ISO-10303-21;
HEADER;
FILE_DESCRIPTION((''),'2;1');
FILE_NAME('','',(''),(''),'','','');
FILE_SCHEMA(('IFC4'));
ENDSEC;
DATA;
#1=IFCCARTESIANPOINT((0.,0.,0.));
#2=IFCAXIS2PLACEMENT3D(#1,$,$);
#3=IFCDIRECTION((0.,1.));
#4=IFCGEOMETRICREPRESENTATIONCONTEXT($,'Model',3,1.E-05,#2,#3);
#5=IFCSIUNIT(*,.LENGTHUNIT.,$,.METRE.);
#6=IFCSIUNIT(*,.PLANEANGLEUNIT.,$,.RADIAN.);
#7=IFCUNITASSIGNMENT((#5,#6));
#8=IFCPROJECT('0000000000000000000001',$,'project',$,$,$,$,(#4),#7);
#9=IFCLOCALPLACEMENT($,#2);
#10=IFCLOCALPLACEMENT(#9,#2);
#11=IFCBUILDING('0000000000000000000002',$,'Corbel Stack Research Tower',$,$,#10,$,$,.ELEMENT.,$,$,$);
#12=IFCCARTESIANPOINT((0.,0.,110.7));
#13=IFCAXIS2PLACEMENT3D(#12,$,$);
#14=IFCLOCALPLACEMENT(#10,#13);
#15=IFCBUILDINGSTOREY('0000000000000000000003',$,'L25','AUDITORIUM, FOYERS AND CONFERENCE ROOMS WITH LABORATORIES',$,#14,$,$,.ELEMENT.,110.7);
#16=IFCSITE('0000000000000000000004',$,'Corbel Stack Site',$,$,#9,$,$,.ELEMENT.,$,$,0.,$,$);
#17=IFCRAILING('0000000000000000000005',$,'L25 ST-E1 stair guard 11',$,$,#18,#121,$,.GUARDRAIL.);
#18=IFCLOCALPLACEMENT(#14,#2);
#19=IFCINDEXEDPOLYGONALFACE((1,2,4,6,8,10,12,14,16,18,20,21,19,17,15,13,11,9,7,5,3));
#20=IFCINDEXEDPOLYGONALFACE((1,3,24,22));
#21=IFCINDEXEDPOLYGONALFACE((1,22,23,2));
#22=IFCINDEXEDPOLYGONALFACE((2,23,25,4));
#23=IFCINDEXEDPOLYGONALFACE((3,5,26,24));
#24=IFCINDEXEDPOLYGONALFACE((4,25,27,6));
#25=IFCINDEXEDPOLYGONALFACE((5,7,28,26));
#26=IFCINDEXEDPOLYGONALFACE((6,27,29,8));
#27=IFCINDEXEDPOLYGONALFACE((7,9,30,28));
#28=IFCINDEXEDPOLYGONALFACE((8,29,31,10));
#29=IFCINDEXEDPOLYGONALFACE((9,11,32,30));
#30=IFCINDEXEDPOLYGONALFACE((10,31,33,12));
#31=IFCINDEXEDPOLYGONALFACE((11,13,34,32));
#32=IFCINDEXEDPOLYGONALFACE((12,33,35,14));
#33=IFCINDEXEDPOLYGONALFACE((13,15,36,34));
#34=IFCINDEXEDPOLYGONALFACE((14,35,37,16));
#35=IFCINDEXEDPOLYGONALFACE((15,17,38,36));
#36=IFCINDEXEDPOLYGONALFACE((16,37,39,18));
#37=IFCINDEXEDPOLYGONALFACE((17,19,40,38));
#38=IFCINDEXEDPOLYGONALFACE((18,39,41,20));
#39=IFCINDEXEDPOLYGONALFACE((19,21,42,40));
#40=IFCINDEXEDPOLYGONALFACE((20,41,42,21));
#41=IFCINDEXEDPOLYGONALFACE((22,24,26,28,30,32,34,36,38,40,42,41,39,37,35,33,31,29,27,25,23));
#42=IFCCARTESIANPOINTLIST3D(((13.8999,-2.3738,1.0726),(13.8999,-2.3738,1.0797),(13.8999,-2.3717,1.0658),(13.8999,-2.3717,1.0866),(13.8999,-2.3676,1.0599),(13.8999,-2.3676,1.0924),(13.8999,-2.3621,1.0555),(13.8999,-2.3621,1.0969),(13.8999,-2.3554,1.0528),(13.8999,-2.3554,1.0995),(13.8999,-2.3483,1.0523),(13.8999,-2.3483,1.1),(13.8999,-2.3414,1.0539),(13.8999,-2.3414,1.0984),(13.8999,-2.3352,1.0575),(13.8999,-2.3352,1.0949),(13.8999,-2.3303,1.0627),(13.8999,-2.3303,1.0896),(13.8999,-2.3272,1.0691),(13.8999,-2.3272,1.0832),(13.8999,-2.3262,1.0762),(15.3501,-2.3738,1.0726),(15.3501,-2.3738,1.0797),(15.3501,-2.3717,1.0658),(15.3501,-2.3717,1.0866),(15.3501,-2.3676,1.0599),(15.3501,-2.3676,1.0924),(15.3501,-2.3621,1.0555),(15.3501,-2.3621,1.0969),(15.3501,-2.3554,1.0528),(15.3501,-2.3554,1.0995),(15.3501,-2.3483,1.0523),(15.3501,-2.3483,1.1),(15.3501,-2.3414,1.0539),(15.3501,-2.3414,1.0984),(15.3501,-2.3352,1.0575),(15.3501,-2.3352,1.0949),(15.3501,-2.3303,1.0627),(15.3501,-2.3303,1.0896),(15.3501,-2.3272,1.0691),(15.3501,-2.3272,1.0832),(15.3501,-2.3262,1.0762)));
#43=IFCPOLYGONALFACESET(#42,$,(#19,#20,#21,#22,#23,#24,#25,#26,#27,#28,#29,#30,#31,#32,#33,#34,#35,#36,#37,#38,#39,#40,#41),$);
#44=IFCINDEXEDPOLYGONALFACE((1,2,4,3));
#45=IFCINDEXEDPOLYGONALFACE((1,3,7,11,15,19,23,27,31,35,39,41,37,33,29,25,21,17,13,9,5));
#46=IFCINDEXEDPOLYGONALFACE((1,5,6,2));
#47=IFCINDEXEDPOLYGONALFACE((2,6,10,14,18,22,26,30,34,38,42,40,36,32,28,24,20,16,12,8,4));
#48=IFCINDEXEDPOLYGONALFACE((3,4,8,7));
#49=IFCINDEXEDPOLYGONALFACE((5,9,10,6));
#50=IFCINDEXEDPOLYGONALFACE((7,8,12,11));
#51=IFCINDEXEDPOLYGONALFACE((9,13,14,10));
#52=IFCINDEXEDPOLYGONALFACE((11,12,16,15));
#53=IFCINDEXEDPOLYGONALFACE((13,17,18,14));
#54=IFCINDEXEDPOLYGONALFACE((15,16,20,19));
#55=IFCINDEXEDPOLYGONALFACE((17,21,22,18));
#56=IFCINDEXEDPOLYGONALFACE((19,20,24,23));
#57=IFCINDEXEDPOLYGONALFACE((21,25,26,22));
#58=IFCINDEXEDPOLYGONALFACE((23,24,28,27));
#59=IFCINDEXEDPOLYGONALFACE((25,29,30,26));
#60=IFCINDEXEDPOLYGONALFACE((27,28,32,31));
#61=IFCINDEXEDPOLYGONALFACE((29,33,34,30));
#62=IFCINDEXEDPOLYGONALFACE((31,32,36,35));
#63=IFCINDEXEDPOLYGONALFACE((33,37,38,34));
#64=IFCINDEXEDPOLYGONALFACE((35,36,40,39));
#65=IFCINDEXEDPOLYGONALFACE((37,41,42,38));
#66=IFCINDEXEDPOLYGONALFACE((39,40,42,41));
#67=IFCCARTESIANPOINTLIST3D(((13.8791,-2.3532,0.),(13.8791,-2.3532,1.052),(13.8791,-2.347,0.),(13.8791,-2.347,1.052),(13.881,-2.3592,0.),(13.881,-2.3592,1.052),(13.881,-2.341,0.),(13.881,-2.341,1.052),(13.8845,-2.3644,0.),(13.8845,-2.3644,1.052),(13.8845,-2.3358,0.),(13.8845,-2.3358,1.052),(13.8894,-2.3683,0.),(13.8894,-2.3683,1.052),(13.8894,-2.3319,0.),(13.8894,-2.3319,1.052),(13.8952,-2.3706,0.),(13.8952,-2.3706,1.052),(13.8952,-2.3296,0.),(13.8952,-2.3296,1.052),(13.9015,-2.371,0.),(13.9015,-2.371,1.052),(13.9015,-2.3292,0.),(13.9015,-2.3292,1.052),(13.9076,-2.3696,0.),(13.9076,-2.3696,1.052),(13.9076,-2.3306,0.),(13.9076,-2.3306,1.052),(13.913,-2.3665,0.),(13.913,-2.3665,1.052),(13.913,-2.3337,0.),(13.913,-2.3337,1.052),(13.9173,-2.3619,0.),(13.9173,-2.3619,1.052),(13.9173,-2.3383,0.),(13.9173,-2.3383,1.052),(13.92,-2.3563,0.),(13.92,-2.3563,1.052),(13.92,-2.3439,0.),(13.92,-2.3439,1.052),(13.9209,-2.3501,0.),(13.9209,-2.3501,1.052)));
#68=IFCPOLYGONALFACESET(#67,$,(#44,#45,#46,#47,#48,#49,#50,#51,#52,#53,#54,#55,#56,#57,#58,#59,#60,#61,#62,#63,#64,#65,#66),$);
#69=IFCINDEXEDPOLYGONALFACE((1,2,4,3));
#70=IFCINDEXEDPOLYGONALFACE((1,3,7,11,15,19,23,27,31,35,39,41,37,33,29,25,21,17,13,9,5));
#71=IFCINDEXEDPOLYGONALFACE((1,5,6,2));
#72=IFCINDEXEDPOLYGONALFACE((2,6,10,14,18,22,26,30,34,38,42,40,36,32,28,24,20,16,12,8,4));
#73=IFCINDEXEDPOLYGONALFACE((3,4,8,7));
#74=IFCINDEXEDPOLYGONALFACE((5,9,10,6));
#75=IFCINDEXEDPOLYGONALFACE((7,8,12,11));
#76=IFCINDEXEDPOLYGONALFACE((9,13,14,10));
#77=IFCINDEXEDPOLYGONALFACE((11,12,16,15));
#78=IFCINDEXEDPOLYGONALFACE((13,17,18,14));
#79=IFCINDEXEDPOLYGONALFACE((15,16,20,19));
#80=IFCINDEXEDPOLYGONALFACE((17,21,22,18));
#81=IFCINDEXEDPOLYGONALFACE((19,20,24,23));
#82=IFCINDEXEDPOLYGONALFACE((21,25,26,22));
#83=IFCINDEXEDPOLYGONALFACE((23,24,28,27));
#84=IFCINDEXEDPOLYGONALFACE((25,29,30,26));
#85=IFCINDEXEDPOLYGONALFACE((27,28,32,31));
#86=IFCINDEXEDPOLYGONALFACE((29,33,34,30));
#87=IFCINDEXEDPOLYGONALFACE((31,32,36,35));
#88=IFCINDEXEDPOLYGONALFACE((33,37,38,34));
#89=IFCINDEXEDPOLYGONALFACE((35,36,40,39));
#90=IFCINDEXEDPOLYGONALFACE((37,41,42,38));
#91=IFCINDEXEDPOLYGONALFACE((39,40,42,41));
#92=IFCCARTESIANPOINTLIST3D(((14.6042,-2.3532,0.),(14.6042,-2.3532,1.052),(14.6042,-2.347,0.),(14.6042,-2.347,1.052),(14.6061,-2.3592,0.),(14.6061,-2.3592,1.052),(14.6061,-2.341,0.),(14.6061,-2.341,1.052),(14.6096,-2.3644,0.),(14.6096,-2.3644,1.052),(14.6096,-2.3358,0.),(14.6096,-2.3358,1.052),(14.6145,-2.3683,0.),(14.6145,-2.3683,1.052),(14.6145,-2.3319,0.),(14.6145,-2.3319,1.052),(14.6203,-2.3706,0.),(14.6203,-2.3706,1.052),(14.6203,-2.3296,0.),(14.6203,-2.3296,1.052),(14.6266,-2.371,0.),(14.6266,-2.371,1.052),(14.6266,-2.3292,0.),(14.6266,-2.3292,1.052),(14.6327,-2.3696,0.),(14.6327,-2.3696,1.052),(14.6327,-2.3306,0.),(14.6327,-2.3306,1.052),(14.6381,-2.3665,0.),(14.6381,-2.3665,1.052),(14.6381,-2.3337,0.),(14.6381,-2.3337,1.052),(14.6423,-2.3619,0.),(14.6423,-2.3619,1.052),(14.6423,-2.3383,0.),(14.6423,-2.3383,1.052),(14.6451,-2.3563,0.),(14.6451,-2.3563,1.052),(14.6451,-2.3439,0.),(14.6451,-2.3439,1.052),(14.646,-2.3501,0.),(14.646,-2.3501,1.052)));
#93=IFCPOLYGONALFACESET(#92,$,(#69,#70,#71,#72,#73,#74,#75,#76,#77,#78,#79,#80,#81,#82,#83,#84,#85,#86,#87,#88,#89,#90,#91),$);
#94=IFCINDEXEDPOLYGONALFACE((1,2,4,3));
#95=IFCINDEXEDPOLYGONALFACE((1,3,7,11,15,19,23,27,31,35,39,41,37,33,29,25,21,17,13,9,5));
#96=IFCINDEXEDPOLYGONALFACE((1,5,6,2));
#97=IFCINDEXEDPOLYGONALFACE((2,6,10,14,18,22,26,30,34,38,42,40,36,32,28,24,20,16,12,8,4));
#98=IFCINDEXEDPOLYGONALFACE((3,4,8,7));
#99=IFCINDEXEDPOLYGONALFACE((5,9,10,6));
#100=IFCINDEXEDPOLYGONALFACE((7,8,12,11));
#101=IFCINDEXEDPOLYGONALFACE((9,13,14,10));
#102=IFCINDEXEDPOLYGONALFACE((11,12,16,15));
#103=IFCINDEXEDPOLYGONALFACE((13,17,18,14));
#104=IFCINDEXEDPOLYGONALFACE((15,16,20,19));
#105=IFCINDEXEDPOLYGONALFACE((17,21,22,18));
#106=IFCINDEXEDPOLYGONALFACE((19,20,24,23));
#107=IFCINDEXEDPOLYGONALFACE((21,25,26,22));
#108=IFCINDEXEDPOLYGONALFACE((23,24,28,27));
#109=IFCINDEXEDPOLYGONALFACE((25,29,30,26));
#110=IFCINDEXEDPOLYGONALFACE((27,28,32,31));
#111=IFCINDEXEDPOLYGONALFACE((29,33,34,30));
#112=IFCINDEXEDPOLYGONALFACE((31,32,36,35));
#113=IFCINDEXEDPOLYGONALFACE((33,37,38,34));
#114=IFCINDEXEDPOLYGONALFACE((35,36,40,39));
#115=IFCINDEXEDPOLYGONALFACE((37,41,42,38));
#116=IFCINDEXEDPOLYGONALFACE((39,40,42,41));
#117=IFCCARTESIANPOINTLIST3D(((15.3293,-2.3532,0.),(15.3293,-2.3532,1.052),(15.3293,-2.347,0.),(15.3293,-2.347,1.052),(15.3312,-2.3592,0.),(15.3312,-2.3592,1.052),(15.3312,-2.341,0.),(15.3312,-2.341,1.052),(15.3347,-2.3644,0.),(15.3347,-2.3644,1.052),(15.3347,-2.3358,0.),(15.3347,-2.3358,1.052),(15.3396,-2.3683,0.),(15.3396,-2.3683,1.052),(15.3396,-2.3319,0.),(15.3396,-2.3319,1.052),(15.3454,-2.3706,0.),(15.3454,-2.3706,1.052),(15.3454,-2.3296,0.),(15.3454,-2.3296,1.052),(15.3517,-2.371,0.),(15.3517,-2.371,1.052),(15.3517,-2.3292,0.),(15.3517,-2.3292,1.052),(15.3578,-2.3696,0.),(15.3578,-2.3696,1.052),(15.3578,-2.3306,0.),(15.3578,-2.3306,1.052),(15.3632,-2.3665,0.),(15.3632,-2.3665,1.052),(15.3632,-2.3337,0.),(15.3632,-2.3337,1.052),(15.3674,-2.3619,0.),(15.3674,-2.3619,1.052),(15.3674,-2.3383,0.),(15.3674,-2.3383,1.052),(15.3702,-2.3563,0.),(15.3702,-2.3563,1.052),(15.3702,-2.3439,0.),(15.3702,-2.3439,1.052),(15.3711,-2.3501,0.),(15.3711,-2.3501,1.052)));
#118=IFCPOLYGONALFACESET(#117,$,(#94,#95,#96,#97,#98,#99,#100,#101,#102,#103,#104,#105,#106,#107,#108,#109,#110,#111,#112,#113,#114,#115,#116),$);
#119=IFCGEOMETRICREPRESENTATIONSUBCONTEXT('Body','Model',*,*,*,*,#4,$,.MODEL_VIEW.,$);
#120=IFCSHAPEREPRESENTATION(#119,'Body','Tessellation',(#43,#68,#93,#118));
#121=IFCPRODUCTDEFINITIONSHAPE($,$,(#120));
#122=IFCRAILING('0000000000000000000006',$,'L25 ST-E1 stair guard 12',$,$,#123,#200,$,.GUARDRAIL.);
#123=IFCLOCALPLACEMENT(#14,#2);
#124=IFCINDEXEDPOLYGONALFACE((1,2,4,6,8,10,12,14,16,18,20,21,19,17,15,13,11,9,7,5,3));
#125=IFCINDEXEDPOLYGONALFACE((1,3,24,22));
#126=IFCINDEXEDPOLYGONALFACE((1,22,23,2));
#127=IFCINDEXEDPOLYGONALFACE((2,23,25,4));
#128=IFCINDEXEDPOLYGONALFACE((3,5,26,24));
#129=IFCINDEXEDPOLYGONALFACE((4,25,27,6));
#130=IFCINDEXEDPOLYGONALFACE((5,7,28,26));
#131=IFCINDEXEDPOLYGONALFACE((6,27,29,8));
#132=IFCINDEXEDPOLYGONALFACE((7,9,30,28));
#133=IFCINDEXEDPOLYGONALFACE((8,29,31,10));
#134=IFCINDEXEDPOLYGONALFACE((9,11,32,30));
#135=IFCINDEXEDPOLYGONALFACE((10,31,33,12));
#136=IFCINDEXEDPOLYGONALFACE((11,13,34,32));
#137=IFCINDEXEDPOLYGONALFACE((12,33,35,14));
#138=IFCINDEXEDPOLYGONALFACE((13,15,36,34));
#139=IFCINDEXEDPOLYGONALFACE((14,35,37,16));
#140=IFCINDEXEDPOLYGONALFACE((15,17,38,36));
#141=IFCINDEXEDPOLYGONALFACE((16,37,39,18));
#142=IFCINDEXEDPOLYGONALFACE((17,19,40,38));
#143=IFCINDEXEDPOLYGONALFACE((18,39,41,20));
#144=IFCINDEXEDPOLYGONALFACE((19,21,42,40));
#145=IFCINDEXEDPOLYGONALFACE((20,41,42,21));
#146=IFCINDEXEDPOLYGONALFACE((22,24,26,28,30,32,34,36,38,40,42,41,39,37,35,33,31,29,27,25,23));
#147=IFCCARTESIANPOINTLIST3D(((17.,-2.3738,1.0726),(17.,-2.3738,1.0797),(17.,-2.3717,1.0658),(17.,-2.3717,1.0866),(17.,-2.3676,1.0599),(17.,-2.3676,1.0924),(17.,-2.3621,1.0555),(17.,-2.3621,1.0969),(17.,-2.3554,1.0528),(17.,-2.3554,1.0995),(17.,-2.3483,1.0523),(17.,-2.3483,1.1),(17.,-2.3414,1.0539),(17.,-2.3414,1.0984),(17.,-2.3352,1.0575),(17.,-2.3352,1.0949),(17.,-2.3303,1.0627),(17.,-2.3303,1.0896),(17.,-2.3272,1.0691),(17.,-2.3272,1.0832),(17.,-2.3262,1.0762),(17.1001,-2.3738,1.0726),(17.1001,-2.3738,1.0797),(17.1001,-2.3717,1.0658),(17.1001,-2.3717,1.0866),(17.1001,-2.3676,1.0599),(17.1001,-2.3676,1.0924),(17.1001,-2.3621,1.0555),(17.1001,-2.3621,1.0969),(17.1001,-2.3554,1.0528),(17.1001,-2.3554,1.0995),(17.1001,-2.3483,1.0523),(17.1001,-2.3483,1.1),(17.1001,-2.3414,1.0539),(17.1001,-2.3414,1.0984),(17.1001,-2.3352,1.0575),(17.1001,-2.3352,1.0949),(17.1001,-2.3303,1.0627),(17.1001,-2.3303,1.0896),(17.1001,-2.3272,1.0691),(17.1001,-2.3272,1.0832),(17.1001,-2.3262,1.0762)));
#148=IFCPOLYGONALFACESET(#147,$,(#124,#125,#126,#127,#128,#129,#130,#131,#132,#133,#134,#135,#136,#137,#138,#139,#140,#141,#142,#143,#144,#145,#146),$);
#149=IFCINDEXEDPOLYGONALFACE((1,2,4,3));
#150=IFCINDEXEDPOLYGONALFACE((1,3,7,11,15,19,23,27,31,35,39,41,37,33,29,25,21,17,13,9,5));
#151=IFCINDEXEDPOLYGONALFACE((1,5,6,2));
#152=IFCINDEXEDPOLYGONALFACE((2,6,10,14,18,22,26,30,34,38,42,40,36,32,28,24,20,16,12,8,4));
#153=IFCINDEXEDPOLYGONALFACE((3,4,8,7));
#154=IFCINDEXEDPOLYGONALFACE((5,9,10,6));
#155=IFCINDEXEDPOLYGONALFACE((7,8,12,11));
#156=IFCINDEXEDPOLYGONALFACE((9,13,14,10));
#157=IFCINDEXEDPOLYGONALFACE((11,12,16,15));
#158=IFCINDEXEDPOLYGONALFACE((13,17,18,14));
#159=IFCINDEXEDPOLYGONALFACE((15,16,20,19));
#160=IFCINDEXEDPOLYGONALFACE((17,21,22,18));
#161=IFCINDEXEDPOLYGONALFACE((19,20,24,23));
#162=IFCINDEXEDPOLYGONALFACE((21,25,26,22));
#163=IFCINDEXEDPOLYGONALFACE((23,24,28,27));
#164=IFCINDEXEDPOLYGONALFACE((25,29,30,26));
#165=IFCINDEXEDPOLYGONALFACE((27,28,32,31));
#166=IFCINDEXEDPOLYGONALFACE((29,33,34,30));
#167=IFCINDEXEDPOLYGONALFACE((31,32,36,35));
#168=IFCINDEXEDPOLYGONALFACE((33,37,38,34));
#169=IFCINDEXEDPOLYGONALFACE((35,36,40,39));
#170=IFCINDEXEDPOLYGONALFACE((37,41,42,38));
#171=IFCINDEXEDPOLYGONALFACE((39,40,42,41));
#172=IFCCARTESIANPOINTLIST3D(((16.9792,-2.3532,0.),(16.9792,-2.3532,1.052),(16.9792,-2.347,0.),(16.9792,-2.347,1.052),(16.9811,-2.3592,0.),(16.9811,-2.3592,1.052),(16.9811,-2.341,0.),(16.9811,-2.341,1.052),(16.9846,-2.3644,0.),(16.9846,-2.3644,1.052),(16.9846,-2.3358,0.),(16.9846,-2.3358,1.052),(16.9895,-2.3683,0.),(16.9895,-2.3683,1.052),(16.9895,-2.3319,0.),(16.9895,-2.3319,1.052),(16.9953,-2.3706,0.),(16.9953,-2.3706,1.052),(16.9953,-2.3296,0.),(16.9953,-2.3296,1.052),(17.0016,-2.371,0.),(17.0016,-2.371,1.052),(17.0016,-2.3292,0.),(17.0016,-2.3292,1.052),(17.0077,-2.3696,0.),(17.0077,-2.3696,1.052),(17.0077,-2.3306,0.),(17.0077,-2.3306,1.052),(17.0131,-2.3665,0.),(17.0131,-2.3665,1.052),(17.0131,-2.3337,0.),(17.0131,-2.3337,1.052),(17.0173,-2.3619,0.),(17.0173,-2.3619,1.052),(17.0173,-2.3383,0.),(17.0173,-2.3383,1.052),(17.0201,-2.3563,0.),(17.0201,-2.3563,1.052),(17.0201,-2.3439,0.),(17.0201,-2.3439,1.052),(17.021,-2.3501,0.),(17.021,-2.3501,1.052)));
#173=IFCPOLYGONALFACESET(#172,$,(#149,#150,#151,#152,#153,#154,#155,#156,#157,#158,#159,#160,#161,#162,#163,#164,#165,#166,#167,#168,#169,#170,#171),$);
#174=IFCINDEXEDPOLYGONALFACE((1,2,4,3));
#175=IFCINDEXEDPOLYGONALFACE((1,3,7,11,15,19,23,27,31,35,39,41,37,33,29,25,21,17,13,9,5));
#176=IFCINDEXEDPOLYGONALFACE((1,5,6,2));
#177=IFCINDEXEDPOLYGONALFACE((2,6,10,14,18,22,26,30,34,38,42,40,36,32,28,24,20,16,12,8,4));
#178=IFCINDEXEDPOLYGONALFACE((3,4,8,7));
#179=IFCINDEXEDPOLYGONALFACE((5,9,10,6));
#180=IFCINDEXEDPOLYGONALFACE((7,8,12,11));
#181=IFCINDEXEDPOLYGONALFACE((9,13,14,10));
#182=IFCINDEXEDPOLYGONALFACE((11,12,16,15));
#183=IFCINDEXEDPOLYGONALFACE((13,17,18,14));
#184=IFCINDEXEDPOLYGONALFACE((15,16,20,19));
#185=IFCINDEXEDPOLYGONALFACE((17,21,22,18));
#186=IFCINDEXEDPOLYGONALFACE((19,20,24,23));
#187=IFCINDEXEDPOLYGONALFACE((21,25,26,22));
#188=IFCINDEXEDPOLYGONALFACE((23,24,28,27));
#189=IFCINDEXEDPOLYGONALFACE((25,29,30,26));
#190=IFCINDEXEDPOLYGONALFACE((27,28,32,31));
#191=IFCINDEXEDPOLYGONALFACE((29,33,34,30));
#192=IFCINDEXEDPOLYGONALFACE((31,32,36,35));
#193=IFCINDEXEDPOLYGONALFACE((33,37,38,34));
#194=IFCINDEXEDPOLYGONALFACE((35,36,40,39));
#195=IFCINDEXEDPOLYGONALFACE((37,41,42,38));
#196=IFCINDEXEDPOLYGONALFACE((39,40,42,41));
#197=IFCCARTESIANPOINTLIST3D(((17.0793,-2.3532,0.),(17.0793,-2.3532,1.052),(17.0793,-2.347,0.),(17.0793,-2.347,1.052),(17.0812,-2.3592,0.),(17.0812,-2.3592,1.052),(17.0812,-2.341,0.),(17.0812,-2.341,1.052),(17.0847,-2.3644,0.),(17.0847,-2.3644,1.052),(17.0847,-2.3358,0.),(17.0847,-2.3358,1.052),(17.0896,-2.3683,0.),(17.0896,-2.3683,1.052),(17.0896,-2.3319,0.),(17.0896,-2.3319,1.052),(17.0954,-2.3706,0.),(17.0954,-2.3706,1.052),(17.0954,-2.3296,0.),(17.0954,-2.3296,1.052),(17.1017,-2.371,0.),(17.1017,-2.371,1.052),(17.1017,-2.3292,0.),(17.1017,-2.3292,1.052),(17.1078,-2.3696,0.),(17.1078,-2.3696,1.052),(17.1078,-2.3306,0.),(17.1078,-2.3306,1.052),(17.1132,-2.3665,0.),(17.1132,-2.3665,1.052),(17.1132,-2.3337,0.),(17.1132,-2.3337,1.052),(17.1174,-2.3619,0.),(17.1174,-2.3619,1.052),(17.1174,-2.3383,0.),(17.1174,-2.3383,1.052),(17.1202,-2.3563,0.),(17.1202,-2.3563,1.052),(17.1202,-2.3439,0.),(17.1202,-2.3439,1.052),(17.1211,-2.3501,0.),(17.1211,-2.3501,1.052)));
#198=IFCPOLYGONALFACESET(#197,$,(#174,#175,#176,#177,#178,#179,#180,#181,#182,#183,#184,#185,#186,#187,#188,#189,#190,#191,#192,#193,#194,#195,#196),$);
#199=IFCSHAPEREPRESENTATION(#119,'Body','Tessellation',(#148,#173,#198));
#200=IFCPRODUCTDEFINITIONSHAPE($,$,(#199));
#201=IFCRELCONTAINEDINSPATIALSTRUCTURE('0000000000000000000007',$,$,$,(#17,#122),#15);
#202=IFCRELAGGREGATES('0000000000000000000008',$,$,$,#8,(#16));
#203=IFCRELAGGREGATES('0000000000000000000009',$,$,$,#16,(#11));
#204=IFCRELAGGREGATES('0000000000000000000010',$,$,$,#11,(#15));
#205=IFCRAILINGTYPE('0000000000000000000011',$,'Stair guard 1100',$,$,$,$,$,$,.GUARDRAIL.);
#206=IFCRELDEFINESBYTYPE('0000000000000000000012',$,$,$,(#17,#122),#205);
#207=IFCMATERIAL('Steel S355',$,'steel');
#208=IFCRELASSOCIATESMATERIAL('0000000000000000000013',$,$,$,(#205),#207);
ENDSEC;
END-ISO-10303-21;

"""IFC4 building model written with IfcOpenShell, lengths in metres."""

from ifc_helpers import new_model, si_unit, direction, frame, origin, origin_2d, place, context, subcontext, project, spatial, circle, extrude, material, type_object, element, save


model = new_model("IFC4")

# Units and contexts
model_context = context("Model", 3, precision=1e-05, world=origin(), true_north=direction((0.0, 1.0)))
body_context = subcontext(model_context, "Body", "Model", "MODEL_VIEW")
ifc_project = project(units=[si_unit("LENGTHUNIT", "METRE"), si_unit("PLANEANGLEUNIT", "RADIAN")], contexts=[model_context])

# Site, building, storey
site_placement = place(None, origin())
site = spatial("IfcSite", under=ifc_project, at=site_placement, Name="Corbel Stack Site", CompositionType="ELEMENT", RefElevation=0.0)
building_placement = place(site_placement, origin())
building = spatial("IfcBuilding", under=site, at=building_placement, Name="Corbel Stack Research Tower", CompositionType="ELEMENT")
storey_placement = place(building_placement, frame((0.0, 0.0, 110.7)))
storey = spatial("IfcBuildingStorey", under=building, at=storey_placement, Name="L25", Description="AUDITORIUM, FOYERS AND CONFERENCE ROOMS WITH LABORATORIES", CompositionType="ELEMENT", Elevation=110.7)

# Railings
ifc_material_1 = material(Name="Steel S355", Category="steel")
railing_type_1 = type_object("IfcRailingType", Name="Stair guard 1100", PredefinedType="GUARDRAIL", material=ifc_material_1)
railing_1_placement = place(storey_placement, frame((13.8999, -2.3501, 0.0)))
element("IfcRailing", 1, at=railing_1_placement, inside=storey, type_object=railing_type_1, Name="L25 ST-E1 stair guard 11", PredefinedType="GUARDRAIL", context=body_context, shape_type="SweptSolid", body=[
    extrude(circle(Radius=0.0239, at=origin_2d()), frame((0.0, 0.0, 1.0762), z_axis=(1.0, 0.0, 0.0), x_axis=(0.0, 1.0, 0.0)), (0.0, 0.0, 1.0), 1.4502),
    extrude(circle(Radius=0.021, at=origin_2d()), origin(), (0.0, 0.0, 1.0), 1.052),
    extrude(circle(Radius=0.021, at=origin_2d()), frame((0.7251, 0.0, 0.0)), (0.0, 0.0, 1.0), 1.052),
    extrude(circle(Radius=0.021, at=origin_2d()), frame((1.4502, 0.0, 0.0)), (0.0, 0.0, 1.0), 1.052),
])
railing_2_placement = place(storey_placement, frame((17.0, -2.3501, 0.0)))
element("IfcRailing", 2, at=railing_2_placement, inside=storey, type_object=railing_type_1, Name="L25 ST-E1 stair guard 12", PredefinedType="GUARDRAIL", context=body_context, shape_type="SweptSolid", body=[
    extrude(circle(Radius=0.0239, at=origin_2d()), frame((0.0, 0.0, 1.0762), z_axis=(1.0, 0.0, 0.0), x_axis=(0.0, 1.0, 0.0)), (0.0, 0.0, 1.0), 0.1001),
    extrude(circle(Radius=0.021, at=origin_2d()), origin(), (0.0, 0.0, 1.0), 1.052),
    extrude(circle(Radius=0.021, at=origin_2d()), frame((0.1001, 0.0, 0.0)), (0.0, 0.0, 1.0), 1.052),
])

save(model, "model.ifc")
